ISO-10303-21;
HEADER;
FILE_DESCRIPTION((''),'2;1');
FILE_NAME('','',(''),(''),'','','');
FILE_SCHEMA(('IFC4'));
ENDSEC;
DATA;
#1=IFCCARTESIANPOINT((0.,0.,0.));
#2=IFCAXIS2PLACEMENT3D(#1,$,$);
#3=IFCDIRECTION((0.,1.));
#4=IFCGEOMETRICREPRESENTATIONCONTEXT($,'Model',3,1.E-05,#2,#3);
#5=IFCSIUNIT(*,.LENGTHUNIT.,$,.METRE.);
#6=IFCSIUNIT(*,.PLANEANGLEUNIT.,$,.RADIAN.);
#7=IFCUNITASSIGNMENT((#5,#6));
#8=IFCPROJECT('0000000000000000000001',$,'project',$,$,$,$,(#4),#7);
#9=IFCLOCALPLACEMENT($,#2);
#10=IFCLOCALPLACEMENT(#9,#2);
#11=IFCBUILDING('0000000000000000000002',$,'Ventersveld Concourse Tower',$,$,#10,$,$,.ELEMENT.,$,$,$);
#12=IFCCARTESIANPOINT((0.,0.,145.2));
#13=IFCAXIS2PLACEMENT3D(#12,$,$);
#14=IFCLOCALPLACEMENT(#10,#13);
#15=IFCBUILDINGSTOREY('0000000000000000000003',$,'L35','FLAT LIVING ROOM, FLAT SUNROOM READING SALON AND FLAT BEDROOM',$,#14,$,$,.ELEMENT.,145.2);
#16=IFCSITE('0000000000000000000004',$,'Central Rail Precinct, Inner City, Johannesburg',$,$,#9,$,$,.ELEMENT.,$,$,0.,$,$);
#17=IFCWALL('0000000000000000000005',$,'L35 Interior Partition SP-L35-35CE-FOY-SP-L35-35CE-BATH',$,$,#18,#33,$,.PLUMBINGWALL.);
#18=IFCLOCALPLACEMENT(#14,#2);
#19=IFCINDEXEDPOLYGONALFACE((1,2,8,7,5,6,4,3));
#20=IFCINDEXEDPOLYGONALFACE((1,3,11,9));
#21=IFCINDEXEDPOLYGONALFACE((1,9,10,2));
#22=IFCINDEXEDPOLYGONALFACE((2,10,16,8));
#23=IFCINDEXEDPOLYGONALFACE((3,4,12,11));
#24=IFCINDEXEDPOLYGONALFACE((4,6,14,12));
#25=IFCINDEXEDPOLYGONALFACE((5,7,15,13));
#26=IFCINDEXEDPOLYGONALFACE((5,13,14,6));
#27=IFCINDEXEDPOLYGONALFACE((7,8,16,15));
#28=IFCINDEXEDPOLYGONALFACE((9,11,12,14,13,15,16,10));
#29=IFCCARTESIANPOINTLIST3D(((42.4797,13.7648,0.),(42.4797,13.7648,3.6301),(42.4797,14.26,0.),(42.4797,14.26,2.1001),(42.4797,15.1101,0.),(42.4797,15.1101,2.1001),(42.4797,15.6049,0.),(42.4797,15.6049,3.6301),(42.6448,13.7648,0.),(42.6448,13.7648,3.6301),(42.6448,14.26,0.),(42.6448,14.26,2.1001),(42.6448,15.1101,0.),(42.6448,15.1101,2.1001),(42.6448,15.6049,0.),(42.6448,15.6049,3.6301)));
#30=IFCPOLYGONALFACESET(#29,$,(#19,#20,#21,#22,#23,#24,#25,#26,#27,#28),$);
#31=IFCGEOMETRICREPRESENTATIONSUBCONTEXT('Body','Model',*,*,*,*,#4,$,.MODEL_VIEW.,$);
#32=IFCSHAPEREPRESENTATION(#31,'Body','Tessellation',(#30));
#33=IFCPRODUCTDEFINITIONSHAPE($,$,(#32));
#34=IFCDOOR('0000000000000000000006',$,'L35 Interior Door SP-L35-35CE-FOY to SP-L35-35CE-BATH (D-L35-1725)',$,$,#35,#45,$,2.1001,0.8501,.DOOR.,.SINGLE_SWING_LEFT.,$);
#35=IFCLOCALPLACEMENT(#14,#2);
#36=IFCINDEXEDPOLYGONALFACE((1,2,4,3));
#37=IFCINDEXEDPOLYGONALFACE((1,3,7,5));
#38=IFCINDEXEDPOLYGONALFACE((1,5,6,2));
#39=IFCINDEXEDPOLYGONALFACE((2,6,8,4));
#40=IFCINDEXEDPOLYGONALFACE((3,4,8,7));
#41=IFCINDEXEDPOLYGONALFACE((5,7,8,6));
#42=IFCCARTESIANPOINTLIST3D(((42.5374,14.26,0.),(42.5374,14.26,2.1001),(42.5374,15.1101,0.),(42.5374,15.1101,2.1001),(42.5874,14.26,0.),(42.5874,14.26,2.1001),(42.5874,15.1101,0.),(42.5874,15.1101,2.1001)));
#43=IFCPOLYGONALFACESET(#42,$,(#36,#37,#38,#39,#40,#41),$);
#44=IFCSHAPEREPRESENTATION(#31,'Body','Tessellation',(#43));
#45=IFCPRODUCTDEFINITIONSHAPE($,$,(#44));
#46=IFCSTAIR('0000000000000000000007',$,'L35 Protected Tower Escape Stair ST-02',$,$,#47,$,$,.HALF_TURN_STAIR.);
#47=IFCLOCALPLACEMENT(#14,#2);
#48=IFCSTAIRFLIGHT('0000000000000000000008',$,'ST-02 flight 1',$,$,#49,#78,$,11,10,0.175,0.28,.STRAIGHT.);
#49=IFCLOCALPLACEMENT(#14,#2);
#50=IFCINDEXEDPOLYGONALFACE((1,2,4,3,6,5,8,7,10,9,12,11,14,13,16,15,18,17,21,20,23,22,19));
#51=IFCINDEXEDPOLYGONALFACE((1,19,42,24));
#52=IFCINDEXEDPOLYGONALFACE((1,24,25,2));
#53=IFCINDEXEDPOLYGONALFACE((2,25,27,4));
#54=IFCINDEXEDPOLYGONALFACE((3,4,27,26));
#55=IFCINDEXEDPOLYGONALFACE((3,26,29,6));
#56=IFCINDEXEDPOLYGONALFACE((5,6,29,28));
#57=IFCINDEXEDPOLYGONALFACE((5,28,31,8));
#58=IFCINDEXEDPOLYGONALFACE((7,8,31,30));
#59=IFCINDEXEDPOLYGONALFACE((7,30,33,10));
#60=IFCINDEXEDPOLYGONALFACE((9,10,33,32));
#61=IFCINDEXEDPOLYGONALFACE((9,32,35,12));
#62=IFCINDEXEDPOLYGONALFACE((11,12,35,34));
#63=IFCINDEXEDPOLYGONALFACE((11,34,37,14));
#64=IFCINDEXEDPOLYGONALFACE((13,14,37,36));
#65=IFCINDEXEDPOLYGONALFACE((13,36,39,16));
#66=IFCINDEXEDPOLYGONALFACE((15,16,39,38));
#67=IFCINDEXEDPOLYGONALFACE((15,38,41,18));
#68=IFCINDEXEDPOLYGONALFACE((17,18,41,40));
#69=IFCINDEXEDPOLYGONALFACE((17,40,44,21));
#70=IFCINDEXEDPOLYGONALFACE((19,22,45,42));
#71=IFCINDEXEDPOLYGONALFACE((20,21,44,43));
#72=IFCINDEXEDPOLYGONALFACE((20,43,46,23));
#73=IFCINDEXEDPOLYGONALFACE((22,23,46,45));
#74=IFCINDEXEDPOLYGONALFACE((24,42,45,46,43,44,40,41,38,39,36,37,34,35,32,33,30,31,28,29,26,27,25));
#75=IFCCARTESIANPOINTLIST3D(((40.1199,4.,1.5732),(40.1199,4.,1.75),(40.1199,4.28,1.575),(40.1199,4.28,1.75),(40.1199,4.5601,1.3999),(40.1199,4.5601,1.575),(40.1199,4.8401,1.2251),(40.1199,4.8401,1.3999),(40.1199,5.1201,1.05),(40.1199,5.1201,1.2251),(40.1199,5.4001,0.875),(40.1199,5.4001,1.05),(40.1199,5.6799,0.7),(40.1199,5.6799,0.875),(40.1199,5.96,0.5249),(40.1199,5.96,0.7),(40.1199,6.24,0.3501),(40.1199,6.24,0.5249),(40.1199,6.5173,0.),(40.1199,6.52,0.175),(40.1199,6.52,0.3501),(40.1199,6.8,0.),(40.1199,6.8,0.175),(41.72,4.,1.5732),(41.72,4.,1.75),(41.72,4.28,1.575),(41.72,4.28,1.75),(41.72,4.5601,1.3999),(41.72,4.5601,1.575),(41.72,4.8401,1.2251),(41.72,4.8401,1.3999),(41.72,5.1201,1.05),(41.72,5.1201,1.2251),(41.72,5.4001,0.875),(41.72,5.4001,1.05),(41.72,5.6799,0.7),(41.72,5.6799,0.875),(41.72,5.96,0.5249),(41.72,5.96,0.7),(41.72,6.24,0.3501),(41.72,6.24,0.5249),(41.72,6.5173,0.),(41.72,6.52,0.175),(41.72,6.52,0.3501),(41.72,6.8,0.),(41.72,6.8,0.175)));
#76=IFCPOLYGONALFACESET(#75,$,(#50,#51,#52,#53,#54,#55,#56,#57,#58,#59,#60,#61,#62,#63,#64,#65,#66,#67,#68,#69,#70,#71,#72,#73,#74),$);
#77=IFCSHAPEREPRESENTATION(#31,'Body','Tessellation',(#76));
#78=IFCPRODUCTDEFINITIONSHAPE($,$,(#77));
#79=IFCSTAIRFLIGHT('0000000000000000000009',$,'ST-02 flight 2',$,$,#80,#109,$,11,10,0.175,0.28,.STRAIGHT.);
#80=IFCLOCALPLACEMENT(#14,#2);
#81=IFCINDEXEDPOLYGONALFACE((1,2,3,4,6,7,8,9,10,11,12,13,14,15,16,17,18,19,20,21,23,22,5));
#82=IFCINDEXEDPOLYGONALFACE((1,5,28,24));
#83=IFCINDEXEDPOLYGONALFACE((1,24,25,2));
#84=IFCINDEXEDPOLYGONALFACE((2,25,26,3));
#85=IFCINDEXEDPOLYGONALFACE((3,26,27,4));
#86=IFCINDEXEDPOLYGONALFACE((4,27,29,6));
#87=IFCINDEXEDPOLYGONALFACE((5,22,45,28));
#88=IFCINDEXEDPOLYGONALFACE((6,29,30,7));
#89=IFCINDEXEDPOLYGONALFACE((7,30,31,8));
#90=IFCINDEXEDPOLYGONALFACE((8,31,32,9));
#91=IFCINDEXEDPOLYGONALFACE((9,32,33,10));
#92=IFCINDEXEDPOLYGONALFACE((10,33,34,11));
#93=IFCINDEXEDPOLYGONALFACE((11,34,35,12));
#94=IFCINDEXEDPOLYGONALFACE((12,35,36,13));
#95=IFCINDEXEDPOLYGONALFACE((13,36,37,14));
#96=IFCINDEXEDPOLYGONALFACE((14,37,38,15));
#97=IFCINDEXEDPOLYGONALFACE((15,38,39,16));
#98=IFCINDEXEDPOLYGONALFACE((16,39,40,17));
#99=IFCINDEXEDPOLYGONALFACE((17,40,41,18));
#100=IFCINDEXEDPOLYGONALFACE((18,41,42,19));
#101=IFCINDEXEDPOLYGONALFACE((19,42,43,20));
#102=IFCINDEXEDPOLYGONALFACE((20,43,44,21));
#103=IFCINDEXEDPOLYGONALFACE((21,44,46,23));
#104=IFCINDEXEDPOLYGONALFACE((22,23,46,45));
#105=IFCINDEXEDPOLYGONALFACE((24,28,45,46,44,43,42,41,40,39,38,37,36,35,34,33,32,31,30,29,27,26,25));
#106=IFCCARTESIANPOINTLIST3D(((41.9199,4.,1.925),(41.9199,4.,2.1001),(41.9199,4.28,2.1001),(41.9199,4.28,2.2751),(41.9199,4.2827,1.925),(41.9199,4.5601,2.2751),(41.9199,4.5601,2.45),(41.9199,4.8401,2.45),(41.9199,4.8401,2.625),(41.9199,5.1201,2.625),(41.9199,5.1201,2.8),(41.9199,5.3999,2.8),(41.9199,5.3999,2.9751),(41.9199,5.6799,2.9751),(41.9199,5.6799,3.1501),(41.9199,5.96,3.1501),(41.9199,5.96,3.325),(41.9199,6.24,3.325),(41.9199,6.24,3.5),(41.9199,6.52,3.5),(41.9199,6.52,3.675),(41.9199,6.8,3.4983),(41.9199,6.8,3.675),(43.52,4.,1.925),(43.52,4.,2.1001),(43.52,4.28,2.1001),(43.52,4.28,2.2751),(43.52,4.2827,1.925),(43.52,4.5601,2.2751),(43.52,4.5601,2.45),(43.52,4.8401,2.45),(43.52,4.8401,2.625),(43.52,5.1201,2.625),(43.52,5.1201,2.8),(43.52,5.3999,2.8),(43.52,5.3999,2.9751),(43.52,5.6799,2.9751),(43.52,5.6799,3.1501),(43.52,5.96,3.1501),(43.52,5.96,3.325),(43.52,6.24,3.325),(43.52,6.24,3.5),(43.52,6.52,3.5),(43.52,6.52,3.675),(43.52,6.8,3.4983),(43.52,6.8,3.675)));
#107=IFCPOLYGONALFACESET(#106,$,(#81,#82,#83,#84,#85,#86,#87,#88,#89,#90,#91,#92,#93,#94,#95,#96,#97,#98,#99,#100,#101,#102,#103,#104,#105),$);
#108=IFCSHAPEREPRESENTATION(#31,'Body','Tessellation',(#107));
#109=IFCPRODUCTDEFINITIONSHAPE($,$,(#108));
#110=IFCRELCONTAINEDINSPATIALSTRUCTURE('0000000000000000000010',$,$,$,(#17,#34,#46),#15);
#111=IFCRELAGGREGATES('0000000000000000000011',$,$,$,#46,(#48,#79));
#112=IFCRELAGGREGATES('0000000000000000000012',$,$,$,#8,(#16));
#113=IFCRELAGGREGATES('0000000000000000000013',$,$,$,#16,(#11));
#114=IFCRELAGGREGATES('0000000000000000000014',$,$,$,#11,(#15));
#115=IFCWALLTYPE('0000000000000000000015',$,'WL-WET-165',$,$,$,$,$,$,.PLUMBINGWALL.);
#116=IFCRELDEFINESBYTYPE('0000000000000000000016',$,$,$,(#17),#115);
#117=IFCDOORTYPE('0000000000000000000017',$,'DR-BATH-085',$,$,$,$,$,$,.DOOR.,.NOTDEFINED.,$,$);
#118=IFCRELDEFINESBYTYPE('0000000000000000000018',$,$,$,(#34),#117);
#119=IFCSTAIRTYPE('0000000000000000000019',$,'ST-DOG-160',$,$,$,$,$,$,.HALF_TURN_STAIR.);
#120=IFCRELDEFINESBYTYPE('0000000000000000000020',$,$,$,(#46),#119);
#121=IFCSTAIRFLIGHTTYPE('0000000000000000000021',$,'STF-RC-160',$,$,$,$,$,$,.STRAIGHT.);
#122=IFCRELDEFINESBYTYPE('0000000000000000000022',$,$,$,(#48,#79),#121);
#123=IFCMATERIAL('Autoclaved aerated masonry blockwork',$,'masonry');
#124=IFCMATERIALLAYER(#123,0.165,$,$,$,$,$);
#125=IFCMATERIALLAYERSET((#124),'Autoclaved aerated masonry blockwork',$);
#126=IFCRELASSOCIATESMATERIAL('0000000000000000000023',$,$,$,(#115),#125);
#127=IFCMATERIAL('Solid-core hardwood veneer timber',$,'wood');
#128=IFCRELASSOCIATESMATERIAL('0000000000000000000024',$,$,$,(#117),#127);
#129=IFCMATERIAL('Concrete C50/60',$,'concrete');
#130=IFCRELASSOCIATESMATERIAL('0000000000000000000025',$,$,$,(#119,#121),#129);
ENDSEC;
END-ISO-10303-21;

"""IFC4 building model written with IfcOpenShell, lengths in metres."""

from ifc_helpers import new_model, si_unit, direction, frame, frame_2d, origin, place, context, subcontext, project, spatial, polyline, rectangle, outline, extrude, material, layer, layer_set, type_object, element, fill, aggregate, save


model = new_model("IFC4")

# Units and contexts
model_context = context("Model", 3, precision=1e-05, world=origin(), true_north=direction((0.0, 1.0)))
body_context = subcontext(model_context, "Body", "Model", "MODEL_VIEW")
ifc_project = project(units=[si_unit("LENGTHUNIT", "METRE"), si_unit("PLANEANGLEUNIT", "RADIAN")], contexts=[model_context])

# Site, building, storey
site_placement = place(None, origin())
site = spatial("IfcSite", under=ifc_project, at=site_placement, Name="Central Rail Precinct, Inner City, Johannesburg", CompositionType="ELEMENT", RefElevation=0.0)
building_placement = place(site_placement, origin())
building = spatial("IfcBuilding", under=site, at=building_placement, Name="Ventersveld Concourse Tower", CompositionType="ELEMENT")
storey_placement = place(building_placement, frame((0.0, 0.0, 145.2)))
storey = spatial("IfcBuildingStorey", under=building, at=storey_placement, Name="L35", Description="FLAT LIVING ROOM, FLAT SUNROOM READING SALON AND FLAT BEDROOM", CompositionType="ELEMENT", Elevation=145.2)

# Wall, opening, door
ifc_material_1 = material(Name="Solid-core hardwood veneer timber", Category="wood")
ifc_material_2 = material(Name="Autoclaved aerated masonry blockwork", Category="masonry")
ifc_layer_1 = layer(ifc_material_2, 0.165)
ifc_layer_set_1 = layer_set([ifc_layer_1], Name="Autoclaved aerated masonry blockwork")
wall_type_1 = type_object("IfcWallType", Name="WL-WET-165", PredefinedType="PLUMBINGWALL", material=ifc_layer_set_1)
wall_1_placement = place(storey_placement, frame((42.5623, 13.7649, 0.0), z_axis=(0.0, 0.0, 1.0), x_axis=(0.0, 1.0, 0.0)))
wall_1 = element("IfcWall", 1, at=wall_1_placement, inside=storey, type_object=wall_type_1, Name="L35 Interior Partition SP-L35-35CE-FOY-SP-L35-35CE-BATH", PredefinedType="PLUMBINGWALL", context=body_context, shape_type="SweptSolid", body=[
    extrude(rectangle(XDim=1.8401, YDim=0.165, at=frame_2d((0.9199, 0.0))), origin(), (0.0, 0.0, 1.0), 3.6301),
])
opening_1_placement = place(wall_1_placement, frame((0.4951, 0.0, 0.0)))
opening_1 = element("IfcOpeningElement", 2, at=opening_1_placement, cuts=wall_1, PredefinedType="OPENING", context=body_context, shape_type="SweptSolid", body=[
    extrude(rectangle(XDim=0.8501, YDim=2.1001, at=frame_2d((0.425, 1.05))), frame((0.0, 0.0925, 0.0), z_axis=(0.0, -1.0, 0.0), x_axis=(1.0, 0.0, 0.0)), (0.0, 0.0, 1.0), 0.1851),
])
door_type_1 = type_object("IfcDoorType", Name="DR-BATH-085", OperationType="NOTDEFINED", PredefinedType="DOOR", material=ifc_material_1)
door_1_placement = place(opening_1_placement, origin())
door_1 = element("IfcDoor", 3, at=door_1_placement, inside=storey, type_object=door_type_1, Name="L35 Interior Door SP-L35-35CE-FOY to SP-L35-35CE-BATH (D-L35-1725)", OperationType="SINGLE_SWING_LEFT", OverallHeight=2.1001, OverallWidth=0.8501, PredefinedType="DOOR", context=body_context, shape_type="SweptSolid", body=[
    extrude(rectangle(XDim=0.8501, YDim=2.1001, at=frame_2d((0.425, 1.05))), frame((0.0, 0.0249, 0.0), z_axis=(0.0, -1.0, 0.0), x_axis=(1.0, 0.0, 0.0)), (0.0, 0.0, 1.0), 0.05),
])
fill(opening_1, door_1)

# Stair, stair flights
ifc_material_3 = material(Name="Concrete C50/60", Category="concrete")
stair_type = type_object("IfcStairType", Name="ST-DOG-160", PredefinedType="HALF_TURN_STAIR", material=ifc_material_3)
stair_placement = place(storey_placement, origin())
stair = element("IfcStair", 4, at=stair_placement, inside=storey, type_object=stair_type, Name="L35 Protected Tower Escape Stair ST-02", PredefinedType="HALF_TURN_STAIR")
stair_flight_type = type_object("IfcStairFlightType", Name="STF-RC-160", PredefinedType="STRAIGHT", material=ifc_material_3)
stair_flight_1_placement = place(storey_placement, frame((40.9199, 6.8, 0.0), z_axis=(0.0, 0.0, 1.0), x_axis=(0.0, -1.0, 0.0)))
stair_flight_1 = element("IfcStairFlight", 5, at=stair_flight_1_placement, type_object=stair_flight_type, Name="ST-02 flight 1", NumberOfRisers=11, NumberOfTreads=10, PredefinedType="STRAIGHT", RiserHeight=0.175, TreadLength=0.28, context=body_context, shape_type="SweptSolid", body=[
    extrude(outline(polyline([(0.0, 0.0), (0.0, 0.175), (0.28, 0.175), (0.28, 0.3501), (0.5601, 0.3501), (0.5601, 0.5249), (0.8401, 0.5249), (0.8401, 0.7), (1.1201, 0.7), (1.1201, 0.875), (1.3999, 0.875), (1.3999, 1.05), (1.6799, 1.05), (1.6799, 1.2251), (1.96, 1.2251), (1.96, 1.3999), (2.24, 1.3999), (2.24, 1.575), (2.52, 1.575), (2.52, 1.75), (2.8, 1.75), (2.8, 1.925), (2.8, 1.5732), (0.2827, 0.0), (0.0, 0.0)])), frame((0.0, 0.8, 0.0), z_axis=(0.0, -1.0, 0.0), x_axis=(1.0, 0.0, 0.0)), (0.0, 0.0, 1.0), 1.6001),
])
stair_flight_2_placement = place(storey_placement, frame((42.72, 4.0, 1.925), z_axis=(0.0, 0.0, 1.0), x_axis=(0.0, 1.0, 0.0)))
stair_flight_2 = element("IfcStairFlight", 6, at=stair_flight_2_placement, type_object=stair_flight_type, Name="ST-02 flight 2", NumberOfRisers=11, NumberOfTreads=10, PredefinedType="STRAIGHT", RiserHeight=0.175, TreadLength=0.28, context=body_context, shape_type="SweptSolid", body=[
    extrude(outline(polyline([(0.0, 0.0), (0.0, 0.175), (0.28, 0.175), (0.28, 0.3501), (0.5601, 0.3501), (0.5601, 0.5249), (0.8401, 0.5249), (0.8401, 0.7), (1.1201, 0.7), (1.1201, 0.875), (1.3999, 0.875), (1.3999, 1.05), (1.6799, 1.05), (1.6799, 1.2251), (1.96, 1.2251), (1.96, 1.3999), (2.24, 1.3999), (2.24, 1.575), (2.52, 1.575), (2.52, 1.75), (2.8, 1.75), (2.8, 1.925), (2.8, 1.5732), (0.2827, 0.0), (0.0, 0.0)])), frame((0.0, 0.8, 0.0), z_axis=(0.0, -1.0, 0.0), x_axis=(1.0, 0.0, 0.0)), (0.0, 0.0, 1.0), 1.6001),
])
aggregate(stair, [stair_flight_1, stair_flight_2])

save(model, "model.ifc")
